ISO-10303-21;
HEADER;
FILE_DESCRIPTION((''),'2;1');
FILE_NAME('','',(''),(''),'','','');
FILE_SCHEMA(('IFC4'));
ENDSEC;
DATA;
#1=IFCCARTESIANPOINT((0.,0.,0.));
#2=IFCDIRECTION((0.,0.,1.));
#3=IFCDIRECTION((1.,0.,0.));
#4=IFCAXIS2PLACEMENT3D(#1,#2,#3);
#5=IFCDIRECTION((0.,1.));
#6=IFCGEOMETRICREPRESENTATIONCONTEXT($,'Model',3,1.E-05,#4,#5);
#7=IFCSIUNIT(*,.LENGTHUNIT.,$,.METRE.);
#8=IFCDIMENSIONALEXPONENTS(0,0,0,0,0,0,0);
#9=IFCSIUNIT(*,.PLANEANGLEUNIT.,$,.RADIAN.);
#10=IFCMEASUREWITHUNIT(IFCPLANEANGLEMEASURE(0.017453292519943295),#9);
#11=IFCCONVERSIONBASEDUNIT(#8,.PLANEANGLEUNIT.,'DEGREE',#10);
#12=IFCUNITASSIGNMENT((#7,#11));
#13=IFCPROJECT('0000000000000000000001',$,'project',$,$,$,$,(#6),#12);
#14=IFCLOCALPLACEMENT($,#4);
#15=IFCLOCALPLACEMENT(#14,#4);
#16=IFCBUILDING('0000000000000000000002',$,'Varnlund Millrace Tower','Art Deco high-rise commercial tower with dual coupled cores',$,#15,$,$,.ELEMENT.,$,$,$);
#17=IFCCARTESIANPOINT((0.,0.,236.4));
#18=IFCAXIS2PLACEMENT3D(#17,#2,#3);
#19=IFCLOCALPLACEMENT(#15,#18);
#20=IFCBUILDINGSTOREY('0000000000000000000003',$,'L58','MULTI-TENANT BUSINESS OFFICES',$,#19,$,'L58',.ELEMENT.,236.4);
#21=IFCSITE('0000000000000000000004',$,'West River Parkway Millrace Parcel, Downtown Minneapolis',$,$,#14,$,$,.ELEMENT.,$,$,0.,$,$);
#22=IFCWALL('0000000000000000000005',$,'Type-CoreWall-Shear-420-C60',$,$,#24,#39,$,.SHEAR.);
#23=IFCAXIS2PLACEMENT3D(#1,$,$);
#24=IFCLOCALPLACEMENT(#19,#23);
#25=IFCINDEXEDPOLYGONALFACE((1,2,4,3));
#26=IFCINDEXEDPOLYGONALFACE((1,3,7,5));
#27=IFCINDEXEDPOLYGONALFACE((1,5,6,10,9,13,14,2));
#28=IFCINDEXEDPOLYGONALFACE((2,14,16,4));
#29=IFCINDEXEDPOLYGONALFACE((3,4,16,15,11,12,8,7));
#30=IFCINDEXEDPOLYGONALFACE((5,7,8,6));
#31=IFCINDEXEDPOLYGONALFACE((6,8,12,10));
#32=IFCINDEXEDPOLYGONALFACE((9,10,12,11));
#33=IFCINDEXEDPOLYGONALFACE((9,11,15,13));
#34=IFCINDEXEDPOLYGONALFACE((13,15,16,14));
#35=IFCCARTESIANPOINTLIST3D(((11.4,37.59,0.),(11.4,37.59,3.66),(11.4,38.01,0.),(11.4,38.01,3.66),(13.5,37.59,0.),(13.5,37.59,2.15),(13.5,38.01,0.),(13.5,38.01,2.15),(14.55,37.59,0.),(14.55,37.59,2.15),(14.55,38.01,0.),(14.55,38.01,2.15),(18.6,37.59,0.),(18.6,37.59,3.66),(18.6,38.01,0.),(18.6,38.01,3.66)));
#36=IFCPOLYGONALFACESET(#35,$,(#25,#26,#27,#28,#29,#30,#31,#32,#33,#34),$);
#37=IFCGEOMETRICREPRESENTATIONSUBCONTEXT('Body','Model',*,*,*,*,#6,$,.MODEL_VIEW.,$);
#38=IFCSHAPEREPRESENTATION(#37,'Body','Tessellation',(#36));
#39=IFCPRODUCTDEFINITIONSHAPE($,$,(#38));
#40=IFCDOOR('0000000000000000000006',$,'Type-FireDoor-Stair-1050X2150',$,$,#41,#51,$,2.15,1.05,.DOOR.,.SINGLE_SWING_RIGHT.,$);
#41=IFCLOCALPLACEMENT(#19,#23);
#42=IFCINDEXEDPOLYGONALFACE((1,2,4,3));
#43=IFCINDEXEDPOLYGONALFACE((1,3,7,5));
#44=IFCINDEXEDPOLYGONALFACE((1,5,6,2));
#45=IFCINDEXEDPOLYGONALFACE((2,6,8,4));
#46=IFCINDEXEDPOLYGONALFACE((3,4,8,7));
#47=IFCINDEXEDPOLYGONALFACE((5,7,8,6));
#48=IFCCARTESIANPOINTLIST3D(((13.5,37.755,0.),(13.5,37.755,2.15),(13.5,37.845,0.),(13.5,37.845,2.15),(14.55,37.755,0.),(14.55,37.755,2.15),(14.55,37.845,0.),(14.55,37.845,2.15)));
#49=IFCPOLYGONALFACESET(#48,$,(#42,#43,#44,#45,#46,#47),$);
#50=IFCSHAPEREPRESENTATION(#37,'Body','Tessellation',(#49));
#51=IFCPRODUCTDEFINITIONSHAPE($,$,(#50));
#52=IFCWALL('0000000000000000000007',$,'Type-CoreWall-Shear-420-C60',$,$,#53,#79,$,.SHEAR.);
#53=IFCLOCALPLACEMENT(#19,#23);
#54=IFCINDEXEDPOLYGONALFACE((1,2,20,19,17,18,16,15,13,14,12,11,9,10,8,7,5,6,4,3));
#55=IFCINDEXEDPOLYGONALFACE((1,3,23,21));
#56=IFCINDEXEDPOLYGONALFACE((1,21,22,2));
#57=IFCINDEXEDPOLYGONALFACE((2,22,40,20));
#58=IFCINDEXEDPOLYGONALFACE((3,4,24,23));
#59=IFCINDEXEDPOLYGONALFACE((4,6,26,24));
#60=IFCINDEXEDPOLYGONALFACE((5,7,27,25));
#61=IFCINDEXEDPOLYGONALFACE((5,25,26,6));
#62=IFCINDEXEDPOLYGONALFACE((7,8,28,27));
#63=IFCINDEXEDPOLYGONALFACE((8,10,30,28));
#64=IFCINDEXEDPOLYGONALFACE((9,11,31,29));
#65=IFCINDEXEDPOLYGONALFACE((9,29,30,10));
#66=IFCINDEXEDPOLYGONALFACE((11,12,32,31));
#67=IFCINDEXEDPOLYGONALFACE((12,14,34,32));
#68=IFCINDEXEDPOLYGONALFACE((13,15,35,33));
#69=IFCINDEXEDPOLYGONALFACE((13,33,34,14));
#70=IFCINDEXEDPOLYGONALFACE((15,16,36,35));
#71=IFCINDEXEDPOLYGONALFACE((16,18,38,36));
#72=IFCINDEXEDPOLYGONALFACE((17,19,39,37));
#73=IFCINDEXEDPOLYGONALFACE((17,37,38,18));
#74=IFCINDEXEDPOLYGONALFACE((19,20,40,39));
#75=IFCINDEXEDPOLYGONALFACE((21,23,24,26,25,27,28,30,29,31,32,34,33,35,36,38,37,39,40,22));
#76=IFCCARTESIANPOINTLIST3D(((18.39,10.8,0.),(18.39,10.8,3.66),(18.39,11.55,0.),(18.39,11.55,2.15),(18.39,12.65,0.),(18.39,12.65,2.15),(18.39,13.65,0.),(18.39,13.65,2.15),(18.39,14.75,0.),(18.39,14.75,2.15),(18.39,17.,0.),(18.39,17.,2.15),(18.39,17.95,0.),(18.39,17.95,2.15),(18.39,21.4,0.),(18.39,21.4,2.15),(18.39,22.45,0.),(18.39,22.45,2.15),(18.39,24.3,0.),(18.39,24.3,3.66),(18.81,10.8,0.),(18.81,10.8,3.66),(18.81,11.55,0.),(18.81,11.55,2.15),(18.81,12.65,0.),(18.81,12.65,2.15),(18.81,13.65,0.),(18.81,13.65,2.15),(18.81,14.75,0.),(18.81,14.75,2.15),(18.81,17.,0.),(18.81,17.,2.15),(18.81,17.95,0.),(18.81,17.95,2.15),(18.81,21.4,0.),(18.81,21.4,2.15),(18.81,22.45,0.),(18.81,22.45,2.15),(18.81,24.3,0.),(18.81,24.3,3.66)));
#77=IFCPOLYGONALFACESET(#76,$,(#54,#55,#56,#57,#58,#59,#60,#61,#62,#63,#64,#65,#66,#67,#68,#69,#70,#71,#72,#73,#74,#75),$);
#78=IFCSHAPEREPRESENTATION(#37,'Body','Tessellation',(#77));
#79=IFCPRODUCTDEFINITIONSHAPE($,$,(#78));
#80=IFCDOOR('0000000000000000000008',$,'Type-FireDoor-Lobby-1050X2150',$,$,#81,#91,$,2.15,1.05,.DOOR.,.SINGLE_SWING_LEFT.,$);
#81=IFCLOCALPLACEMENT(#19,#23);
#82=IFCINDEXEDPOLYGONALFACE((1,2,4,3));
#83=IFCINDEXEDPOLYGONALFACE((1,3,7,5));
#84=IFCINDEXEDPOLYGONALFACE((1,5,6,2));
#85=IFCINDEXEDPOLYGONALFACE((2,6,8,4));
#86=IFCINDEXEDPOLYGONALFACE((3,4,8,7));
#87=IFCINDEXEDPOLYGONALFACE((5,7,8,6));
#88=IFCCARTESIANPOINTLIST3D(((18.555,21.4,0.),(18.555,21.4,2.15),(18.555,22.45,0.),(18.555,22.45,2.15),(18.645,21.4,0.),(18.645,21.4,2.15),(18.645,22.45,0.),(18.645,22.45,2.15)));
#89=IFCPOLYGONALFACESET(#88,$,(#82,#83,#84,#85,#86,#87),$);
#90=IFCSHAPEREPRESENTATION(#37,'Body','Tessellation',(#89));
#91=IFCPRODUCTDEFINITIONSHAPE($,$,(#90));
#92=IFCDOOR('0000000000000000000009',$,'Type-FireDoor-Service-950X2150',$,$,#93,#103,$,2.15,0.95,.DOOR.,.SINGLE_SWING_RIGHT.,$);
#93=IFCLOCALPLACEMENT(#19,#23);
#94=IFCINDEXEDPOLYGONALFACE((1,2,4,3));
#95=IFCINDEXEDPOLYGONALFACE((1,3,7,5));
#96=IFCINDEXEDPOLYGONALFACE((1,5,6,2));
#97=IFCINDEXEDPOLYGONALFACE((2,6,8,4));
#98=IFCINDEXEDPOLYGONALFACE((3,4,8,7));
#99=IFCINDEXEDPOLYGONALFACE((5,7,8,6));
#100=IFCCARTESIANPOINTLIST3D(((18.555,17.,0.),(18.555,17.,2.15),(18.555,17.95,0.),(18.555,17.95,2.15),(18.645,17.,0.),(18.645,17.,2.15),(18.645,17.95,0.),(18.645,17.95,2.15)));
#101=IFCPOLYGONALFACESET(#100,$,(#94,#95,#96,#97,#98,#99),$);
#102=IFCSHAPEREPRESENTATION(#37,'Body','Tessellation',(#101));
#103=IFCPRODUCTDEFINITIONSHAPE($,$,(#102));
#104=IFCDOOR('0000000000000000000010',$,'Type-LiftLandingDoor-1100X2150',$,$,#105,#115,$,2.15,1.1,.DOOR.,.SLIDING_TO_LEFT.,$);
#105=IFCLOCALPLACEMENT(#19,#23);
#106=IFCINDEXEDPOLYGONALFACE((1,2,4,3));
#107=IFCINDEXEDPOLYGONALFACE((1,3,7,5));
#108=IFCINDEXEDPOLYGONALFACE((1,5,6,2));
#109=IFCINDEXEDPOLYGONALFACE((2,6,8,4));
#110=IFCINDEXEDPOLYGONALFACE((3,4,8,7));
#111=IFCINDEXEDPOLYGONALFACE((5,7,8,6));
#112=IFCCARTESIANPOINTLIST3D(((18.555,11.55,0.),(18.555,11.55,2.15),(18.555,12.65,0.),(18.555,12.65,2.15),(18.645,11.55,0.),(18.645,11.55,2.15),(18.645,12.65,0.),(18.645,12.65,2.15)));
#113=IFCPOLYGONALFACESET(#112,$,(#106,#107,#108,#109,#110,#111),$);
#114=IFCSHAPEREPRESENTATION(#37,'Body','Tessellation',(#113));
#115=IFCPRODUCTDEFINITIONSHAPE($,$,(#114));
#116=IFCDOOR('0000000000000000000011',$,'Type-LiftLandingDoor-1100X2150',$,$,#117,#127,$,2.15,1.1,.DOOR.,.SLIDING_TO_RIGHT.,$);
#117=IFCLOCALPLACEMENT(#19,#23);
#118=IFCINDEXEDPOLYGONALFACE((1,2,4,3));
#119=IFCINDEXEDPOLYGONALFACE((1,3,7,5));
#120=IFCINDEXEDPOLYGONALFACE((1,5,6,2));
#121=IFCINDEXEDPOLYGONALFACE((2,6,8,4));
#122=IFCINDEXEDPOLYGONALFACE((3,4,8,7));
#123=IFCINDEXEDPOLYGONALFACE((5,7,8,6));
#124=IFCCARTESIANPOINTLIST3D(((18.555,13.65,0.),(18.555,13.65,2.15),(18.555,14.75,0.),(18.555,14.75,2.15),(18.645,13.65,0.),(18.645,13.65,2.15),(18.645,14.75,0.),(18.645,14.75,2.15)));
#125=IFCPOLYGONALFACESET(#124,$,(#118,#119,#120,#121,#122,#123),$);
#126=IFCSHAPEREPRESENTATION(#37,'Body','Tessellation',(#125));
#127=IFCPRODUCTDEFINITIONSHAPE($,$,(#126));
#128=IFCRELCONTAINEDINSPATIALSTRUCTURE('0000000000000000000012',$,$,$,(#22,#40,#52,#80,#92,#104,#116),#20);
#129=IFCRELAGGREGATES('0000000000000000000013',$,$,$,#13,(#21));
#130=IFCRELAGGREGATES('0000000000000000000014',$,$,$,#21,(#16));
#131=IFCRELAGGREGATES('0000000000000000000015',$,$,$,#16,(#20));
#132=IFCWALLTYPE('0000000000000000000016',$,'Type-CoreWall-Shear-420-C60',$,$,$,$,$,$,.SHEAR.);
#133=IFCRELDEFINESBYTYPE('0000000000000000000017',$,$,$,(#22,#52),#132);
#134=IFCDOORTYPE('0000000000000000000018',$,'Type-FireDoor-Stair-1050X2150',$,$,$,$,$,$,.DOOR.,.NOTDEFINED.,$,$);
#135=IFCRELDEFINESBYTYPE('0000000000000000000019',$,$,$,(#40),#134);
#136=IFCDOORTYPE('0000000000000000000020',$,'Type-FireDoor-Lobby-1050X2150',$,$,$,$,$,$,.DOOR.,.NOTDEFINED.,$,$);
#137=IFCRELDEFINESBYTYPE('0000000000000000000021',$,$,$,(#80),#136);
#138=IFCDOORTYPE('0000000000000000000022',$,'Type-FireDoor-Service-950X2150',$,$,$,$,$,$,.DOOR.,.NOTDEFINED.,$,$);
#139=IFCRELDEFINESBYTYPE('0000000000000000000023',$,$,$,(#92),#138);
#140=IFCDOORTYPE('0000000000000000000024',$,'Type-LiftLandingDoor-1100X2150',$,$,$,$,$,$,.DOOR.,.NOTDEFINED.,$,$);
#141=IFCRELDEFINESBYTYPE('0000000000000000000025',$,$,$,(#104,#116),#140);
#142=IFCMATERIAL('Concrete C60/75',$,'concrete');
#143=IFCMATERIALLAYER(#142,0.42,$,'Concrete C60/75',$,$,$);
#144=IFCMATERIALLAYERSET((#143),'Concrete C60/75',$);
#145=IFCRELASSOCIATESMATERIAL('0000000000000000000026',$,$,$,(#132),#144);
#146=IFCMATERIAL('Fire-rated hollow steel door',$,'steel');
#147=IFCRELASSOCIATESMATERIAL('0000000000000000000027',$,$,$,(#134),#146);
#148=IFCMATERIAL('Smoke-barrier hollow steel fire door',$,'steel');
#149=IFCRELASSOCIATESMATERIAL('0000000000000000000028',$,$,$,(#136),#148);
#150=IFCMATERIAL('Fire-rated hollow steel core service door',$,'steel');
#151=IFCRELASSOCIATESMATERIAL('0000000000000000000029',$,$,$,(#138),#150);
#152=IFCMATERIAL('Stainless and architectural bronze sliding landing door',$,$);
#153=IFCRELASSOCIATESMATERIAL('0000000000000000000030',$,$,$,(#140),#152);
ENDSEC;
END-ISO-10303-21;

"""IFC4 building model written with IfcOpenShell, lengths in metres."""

from ifc_helpers import new_model, entity, si_unit, converted_unit, direction, frame, origin_with_axes, origin_2d_with_axis, place, context, subcontext, project, spatial, polyline, rectangle, outline, extrude, material, layer, layer_set, type_object, element, fill, save


model = new_model("IFC4")

# Units and contexts
model_context = context("Model", 3, precision=1e-05, world=origin_with_axes(), true_north=direction((0.0, 1.0)))
body_context = subcontext(model_context, "Body", "Model", "MODEL_VIEW")
ifc_project = project(units=[si_unit("LENGTHUNIT", "METRE"), converted_unit("PLANEANGLEUNIT", "DEGREE", entity("IfcPlaneAngleMeasure", 0.017453292519943295), si_unit("PLANEANGLEUNIT", "RADIAN"), dimensions=[0, 0, 0, 0, 0, 0, 0])], contexts=[model_context])

# Site, building, storey
site_placement = place(None, origin_with_axes())
site = spatial("IfcSite", under=ifc_project, at=site_placement, Name="West River Parkway Millrace Parcel, Downtown Minneapolis", CompositionType="ELEMENT", RefElevation=0.0)
building_placement = place(site_placement, origin_with_axes())
building = spatial("IfcBuilding", under=site, at=building_placement, Name="Varnlund Millrace Tower", Description="Art Deco high-rise commercial tower with dual coupled cores", CompositionType="ELEMENT")
storey_placement = place(building_placement, frame((0.0, 0.0, 236.4), z_axis=(0.0, 0.0, 1.0), x_axis=(1.0, 0.0, 0.0)))
storey = spatial("IfcBuildingStorey", under=building, at=storey_placement, Name="L58", Description="MULTI-TENANT BUSINESS OFFICES", LongName="L58", CompositionType="ELEMENT", Elevation=236.4)

# Wall, opening, door
ifc_material_1 = material(Name="Concrete C60/75", Category="concrete")
ifc_layer_1 = layer(ifc_material_1, 0.42, Name="Concrete C60/75")
ifc_layer_set_1 = layer_set([ifc_layer_1], Name="Concrete C60/75")
wall_type_1 = type_object("IfcWallType", Name="Type-CoreWall-Shear-420-C60", PredefinedType="SHEAR", material=ifc_layer_set_1)
wall_1_placement = place(storey_placement, frame((11.4, 37.8, 0.0), z_axis=(0.0, 0.0, 1.0), x_axis=(1.0, 0.0, 0.0)))
wall_1 = element("IfcWall", 1, at=wall_1_placement, inside=storey, type_object=wall_type_1, Name="Type-CoreWall-Shear-420-C60", PredefinedType="SHEAR", context=body_context, shape_type="SweptSolid", body=[
    extrude(outline(polyline([(0.0, -0.21), (7.2, -0.21), (7.2, 0.21), (0.0, 0.21), (0.0, -0.21)])), origin_with_axes(), (0.0, 0.0, 1.0), 3.66),
])
opening_1_placement = place(wall_1_placement, frame((2.625, 0.0, 0.0), z_axis=(0.0, 0.0, 1.0), x_axis=(1.0, 0.0, 0.0)))
opening_1 = element("IfcOpeningElement", 2, at=opening_1_placement, cuts=wall_1, PredefinedType="OPENING", context=body_context, shape_type="SweptSolid", body=[
    extrude(rectangle(XDim=1.05, YDim=0.44, at=origin_2d_with_axis()), origin_with_axes(), (0.0, 0.0, 1.0), 2.15),
])
ifc_material_2 = material(Name="Fire-rated hollow steel door", Category="steel")
door_type_1 = type_object("IfcDoorType", Name="Type-FireDoor-Stair-1050X2150", OperationType="NOTDEFINED", PredefinedType="DOOR", material=ifc_material_2)
door_1_placement = place(wall_1_placement, frame((2.625, 0.0, 0.0), z_axis=(0.0, 0.0, 1.0), x_axis=(1.0, 0.0, 0.0)))
door_1 = element("IfcDoor", 3, at=door_1_placement, inside=storey, type_object=door_type_1, Name="Type-FireDoor-Stair-1050X2150", OperationType="SINGLE_SWING_RIGHT", OverallHeight=2.15, OverallWidth=1.05, PredefinedType="DOOR", context=body_context, shape_type="SweptSolid", body=[
    extrude(rectangle(XDim=1.05, YDim=0.09, at=origin_2d_with_axis()), origin_with_axes(), (0.0, 0.0, 1.0), 2.15),
])
fill(opening_1, door_1)

# Wall, openings, doors
wall_2_placement = place(storey_placement, frame((18.6, 10.8, 0.0), z_axis=(0.0, 0.0, 1.0), x_axis=(0.0, 1.0, 0.0)))
wall_2 = element("IfcWall", 4, at=wall_2_placement, inside=storey, type_object=wall_type_1, Name="Type-CoreWall-Shear-420-C60", PredefinedType="SHEAR", context=body_context, shape_type="SweptSolid", body=[
    extrude(outline(polyline([(0.0, -0.21), (13.5, -0.21), (13.5, 0.21), (0.0, 0.21), (0.0, -0.21)])), origin_with_axes(), (0.0, 0.0, 1.0), 3.66),
])
opening_2_placement = place(wall_2_placement, frame((1.3, 0.0, 0.0), z_axis=(0.0, 0.0, 1.0), x_axis=(1.0, 0.0, 0.0)))
opening_2 = element("IfcOpeningElement", 5, at=opening_2_placement, cuts=wall_2, PredefinedType="OPENING", context=body_context, shape_type="SweptSolid", body=[
    extrude(rectangle(XDim=1.1, YDim=0.44, at=origin_2d_with_axis()), origin_with_axes(), (0.0, 0.0, 1.0), 2.15),
])
opening_3_placement = place(wall_2_placement, frame((3.4, 0.0, 0.0), z_axis=(0.0, 0.0, 1.0), x_axis=(1.0, 0.0, 0.0)))
opening_3 = element("IfcOpeningElement", 6, at=opening_3_placement, cuts=wall_2, PredefinedType="OPENING", context=body_context, shape_type="SweptSolid", body=[
    extrude(rectangle(XDim=1.1, YDim=0.44, at=origin_2d_with_axis()), origin_with_axes(), (0.0, 0.0, 1.0), 2.15),
])
opening_4_placement = place(wall_2_placement, frame((11.125, 0.0, 0.0), z_axis=(0.0, 0.0, 1.0), x_axis=(1.0, 0.0, 0.0)))
opening_4 = element("IfcOpeningElement", 7, at=opening_4_placement, cuts=wall_2, PredefinedType="OPENING", context=body_context, shape_type="SweptSolid", body=[
    extrude(rectangle(XDim=1.05, YDim=0.44, at=origin_2d_with_axis()), origin_with_axes(), (0.0, 0.0, 1.0), 2.15),
])
opening_5_placement = place(wall_2_placement, frame((6.675, 0.0, 0.0), z_axis=(0.0, 0.0, 1.0), x_axis=(1.0, 0.0, 0.0)))
opening_5 = element("IfcOpeningElement", 8, at=opening_5_placement, cuts=wall_2, PredefinedType="OPENING", context=body_context, shape_type="SweptSolid", body=[
    extrude(rectangle(XDim=0.95, YDim=0.44, at=origin_2d_with_axis()), origin_with_axes(), (0.0, 0.0, 1.0), 2.15),
])
ifc_material_3 = material(Name="Smoke-barrier hollow steel fire door", Category="steel")
door_type_2 = type_object("IfcDoorType", Name="Type-FireDoor-Lobby-1050X2150", OperationType="NOTDEFINED", PredefinedType="DOOR", material=ifc_material_3)
door_2_placement = place(wall_2_placement, frame((11.125, 0.0, 0.0), z_axis=(0.0, 0.0, 1.0), x_axis=(1.0, 0.0, 0.0)))
door_2 = element("IfcDoor", 9, at=door_2_placement, inside=storey, type_object=door_type_2, Name="Type-FireDoor-Lobby-1050X2150", OperationType="SINGLE_SWING_LEFT", OverallHeight=2.15, OverallWidth=1.05, PredefinedType="DOOR", context=body_context, shape_type="SweptSolid", body=[
    extrude(rectangle(XDim=1.05, YDim=0.09, at=origin_2d_with_axis()), origin_with_axes(), (0.0, 0.0, 1.0), 2.15),
])
fill(opening_4, door_2)
ifc_material_4 = material(Name="Fire-rated hollow steel core service door", Category="steel")
door_type_3 = type_object("IfcDoorType", Name="Type-FireDoor-Service-950X2150", OperationType="NOTDEFINED", PredefinedType="DOOR", material=ifc_material_4)
door_3_placement = place(wall_2_placement, frame((6.675, 0.0, 0.0), z_axis=(0.0, 0.0, 1.0), x_axis=(1.0, 0.0, 0.0)))
door_3 = element("IfcDoor", 10, at=door_3_placement, inside=storey, type_object=door_type_3, Name="Type-FireDoor-Service-950X2150", OperationType="SINGLE_SWING_RIGHT", OverallHeight=2.15, OverallWidth=0.95, PredefinedType="DOOR", context=body_context, shape_type="SweptSolid", body=[
    extrude(rectangle(XDim=0.95, YDim=0.09, at=origin_2d_with_axis()), origin_with_axes(), (0.0, 0.0, 1.0), 2.15),
])
fill(opening_5, door_3)
ifc_material_5 = material(Name="Stainless and architectural bronze sliding landing door")
door_type_4 = type_object("IfcDoorType", Name="Type-LiftLandingDoor-1100X2150", OperationType="NOTDEFINED", PredefinedType="DOOR", material=ifc_material_5)
door_4_placement = place(wall_2_placement, frame((1.3, 0.0, 0.0), z_axis=(0.0, 0.0, 1.0), x_axis=(1.0, 0.0, 0.0)))
door_4 = element("IfcDoor", 11, at=door_4_placement, inside=storey, type_object=door_type_4, Name="Type-LiftLandingDoor-1100X2150", OperationType="SLIDING_TO_LEFT", OverallHeight=2.15, OverallWidth=1.1, PredefinedType="DOOR", context=body_context, shape_type="SweptSolid", body=[
    extrude(rectangle(XDim=1.1, YDim=0.09, at=origin_2d_with_axis()), origin_with_axes(), (0.0, 0.0, 1.0), 2.15),
])
fill(opening_2, door_4)
door_5_placement = place(wall_2_placement, frame((3.4, 0.0, 0.0), z_axis=(0.0, 0.0, 1.0), x_axis=(1.0, 0.0, 0.0)))
door_5 = element("IfcDoor", 12, at=door_5_placement, inside=storey, type_object=door_type_4, Name="Type-LiftLandingDoor-1100X2150", OperationType="SLIDING_TO_RIGHT", OverallHeight=2.15, OverallWidth=1.1, PredefinedType="DOOR", context=body_context, shape_type="SweptSolid", body=[
    extrude(rectangle(XDim=1.1, YDim=0.09, at=origin_2d_with_axis()), origin_with_axes(), (0.0, 0.0, 1.0), 2.15),
])
fill(opening_3, door_5)

save(model, "model.ifc")
